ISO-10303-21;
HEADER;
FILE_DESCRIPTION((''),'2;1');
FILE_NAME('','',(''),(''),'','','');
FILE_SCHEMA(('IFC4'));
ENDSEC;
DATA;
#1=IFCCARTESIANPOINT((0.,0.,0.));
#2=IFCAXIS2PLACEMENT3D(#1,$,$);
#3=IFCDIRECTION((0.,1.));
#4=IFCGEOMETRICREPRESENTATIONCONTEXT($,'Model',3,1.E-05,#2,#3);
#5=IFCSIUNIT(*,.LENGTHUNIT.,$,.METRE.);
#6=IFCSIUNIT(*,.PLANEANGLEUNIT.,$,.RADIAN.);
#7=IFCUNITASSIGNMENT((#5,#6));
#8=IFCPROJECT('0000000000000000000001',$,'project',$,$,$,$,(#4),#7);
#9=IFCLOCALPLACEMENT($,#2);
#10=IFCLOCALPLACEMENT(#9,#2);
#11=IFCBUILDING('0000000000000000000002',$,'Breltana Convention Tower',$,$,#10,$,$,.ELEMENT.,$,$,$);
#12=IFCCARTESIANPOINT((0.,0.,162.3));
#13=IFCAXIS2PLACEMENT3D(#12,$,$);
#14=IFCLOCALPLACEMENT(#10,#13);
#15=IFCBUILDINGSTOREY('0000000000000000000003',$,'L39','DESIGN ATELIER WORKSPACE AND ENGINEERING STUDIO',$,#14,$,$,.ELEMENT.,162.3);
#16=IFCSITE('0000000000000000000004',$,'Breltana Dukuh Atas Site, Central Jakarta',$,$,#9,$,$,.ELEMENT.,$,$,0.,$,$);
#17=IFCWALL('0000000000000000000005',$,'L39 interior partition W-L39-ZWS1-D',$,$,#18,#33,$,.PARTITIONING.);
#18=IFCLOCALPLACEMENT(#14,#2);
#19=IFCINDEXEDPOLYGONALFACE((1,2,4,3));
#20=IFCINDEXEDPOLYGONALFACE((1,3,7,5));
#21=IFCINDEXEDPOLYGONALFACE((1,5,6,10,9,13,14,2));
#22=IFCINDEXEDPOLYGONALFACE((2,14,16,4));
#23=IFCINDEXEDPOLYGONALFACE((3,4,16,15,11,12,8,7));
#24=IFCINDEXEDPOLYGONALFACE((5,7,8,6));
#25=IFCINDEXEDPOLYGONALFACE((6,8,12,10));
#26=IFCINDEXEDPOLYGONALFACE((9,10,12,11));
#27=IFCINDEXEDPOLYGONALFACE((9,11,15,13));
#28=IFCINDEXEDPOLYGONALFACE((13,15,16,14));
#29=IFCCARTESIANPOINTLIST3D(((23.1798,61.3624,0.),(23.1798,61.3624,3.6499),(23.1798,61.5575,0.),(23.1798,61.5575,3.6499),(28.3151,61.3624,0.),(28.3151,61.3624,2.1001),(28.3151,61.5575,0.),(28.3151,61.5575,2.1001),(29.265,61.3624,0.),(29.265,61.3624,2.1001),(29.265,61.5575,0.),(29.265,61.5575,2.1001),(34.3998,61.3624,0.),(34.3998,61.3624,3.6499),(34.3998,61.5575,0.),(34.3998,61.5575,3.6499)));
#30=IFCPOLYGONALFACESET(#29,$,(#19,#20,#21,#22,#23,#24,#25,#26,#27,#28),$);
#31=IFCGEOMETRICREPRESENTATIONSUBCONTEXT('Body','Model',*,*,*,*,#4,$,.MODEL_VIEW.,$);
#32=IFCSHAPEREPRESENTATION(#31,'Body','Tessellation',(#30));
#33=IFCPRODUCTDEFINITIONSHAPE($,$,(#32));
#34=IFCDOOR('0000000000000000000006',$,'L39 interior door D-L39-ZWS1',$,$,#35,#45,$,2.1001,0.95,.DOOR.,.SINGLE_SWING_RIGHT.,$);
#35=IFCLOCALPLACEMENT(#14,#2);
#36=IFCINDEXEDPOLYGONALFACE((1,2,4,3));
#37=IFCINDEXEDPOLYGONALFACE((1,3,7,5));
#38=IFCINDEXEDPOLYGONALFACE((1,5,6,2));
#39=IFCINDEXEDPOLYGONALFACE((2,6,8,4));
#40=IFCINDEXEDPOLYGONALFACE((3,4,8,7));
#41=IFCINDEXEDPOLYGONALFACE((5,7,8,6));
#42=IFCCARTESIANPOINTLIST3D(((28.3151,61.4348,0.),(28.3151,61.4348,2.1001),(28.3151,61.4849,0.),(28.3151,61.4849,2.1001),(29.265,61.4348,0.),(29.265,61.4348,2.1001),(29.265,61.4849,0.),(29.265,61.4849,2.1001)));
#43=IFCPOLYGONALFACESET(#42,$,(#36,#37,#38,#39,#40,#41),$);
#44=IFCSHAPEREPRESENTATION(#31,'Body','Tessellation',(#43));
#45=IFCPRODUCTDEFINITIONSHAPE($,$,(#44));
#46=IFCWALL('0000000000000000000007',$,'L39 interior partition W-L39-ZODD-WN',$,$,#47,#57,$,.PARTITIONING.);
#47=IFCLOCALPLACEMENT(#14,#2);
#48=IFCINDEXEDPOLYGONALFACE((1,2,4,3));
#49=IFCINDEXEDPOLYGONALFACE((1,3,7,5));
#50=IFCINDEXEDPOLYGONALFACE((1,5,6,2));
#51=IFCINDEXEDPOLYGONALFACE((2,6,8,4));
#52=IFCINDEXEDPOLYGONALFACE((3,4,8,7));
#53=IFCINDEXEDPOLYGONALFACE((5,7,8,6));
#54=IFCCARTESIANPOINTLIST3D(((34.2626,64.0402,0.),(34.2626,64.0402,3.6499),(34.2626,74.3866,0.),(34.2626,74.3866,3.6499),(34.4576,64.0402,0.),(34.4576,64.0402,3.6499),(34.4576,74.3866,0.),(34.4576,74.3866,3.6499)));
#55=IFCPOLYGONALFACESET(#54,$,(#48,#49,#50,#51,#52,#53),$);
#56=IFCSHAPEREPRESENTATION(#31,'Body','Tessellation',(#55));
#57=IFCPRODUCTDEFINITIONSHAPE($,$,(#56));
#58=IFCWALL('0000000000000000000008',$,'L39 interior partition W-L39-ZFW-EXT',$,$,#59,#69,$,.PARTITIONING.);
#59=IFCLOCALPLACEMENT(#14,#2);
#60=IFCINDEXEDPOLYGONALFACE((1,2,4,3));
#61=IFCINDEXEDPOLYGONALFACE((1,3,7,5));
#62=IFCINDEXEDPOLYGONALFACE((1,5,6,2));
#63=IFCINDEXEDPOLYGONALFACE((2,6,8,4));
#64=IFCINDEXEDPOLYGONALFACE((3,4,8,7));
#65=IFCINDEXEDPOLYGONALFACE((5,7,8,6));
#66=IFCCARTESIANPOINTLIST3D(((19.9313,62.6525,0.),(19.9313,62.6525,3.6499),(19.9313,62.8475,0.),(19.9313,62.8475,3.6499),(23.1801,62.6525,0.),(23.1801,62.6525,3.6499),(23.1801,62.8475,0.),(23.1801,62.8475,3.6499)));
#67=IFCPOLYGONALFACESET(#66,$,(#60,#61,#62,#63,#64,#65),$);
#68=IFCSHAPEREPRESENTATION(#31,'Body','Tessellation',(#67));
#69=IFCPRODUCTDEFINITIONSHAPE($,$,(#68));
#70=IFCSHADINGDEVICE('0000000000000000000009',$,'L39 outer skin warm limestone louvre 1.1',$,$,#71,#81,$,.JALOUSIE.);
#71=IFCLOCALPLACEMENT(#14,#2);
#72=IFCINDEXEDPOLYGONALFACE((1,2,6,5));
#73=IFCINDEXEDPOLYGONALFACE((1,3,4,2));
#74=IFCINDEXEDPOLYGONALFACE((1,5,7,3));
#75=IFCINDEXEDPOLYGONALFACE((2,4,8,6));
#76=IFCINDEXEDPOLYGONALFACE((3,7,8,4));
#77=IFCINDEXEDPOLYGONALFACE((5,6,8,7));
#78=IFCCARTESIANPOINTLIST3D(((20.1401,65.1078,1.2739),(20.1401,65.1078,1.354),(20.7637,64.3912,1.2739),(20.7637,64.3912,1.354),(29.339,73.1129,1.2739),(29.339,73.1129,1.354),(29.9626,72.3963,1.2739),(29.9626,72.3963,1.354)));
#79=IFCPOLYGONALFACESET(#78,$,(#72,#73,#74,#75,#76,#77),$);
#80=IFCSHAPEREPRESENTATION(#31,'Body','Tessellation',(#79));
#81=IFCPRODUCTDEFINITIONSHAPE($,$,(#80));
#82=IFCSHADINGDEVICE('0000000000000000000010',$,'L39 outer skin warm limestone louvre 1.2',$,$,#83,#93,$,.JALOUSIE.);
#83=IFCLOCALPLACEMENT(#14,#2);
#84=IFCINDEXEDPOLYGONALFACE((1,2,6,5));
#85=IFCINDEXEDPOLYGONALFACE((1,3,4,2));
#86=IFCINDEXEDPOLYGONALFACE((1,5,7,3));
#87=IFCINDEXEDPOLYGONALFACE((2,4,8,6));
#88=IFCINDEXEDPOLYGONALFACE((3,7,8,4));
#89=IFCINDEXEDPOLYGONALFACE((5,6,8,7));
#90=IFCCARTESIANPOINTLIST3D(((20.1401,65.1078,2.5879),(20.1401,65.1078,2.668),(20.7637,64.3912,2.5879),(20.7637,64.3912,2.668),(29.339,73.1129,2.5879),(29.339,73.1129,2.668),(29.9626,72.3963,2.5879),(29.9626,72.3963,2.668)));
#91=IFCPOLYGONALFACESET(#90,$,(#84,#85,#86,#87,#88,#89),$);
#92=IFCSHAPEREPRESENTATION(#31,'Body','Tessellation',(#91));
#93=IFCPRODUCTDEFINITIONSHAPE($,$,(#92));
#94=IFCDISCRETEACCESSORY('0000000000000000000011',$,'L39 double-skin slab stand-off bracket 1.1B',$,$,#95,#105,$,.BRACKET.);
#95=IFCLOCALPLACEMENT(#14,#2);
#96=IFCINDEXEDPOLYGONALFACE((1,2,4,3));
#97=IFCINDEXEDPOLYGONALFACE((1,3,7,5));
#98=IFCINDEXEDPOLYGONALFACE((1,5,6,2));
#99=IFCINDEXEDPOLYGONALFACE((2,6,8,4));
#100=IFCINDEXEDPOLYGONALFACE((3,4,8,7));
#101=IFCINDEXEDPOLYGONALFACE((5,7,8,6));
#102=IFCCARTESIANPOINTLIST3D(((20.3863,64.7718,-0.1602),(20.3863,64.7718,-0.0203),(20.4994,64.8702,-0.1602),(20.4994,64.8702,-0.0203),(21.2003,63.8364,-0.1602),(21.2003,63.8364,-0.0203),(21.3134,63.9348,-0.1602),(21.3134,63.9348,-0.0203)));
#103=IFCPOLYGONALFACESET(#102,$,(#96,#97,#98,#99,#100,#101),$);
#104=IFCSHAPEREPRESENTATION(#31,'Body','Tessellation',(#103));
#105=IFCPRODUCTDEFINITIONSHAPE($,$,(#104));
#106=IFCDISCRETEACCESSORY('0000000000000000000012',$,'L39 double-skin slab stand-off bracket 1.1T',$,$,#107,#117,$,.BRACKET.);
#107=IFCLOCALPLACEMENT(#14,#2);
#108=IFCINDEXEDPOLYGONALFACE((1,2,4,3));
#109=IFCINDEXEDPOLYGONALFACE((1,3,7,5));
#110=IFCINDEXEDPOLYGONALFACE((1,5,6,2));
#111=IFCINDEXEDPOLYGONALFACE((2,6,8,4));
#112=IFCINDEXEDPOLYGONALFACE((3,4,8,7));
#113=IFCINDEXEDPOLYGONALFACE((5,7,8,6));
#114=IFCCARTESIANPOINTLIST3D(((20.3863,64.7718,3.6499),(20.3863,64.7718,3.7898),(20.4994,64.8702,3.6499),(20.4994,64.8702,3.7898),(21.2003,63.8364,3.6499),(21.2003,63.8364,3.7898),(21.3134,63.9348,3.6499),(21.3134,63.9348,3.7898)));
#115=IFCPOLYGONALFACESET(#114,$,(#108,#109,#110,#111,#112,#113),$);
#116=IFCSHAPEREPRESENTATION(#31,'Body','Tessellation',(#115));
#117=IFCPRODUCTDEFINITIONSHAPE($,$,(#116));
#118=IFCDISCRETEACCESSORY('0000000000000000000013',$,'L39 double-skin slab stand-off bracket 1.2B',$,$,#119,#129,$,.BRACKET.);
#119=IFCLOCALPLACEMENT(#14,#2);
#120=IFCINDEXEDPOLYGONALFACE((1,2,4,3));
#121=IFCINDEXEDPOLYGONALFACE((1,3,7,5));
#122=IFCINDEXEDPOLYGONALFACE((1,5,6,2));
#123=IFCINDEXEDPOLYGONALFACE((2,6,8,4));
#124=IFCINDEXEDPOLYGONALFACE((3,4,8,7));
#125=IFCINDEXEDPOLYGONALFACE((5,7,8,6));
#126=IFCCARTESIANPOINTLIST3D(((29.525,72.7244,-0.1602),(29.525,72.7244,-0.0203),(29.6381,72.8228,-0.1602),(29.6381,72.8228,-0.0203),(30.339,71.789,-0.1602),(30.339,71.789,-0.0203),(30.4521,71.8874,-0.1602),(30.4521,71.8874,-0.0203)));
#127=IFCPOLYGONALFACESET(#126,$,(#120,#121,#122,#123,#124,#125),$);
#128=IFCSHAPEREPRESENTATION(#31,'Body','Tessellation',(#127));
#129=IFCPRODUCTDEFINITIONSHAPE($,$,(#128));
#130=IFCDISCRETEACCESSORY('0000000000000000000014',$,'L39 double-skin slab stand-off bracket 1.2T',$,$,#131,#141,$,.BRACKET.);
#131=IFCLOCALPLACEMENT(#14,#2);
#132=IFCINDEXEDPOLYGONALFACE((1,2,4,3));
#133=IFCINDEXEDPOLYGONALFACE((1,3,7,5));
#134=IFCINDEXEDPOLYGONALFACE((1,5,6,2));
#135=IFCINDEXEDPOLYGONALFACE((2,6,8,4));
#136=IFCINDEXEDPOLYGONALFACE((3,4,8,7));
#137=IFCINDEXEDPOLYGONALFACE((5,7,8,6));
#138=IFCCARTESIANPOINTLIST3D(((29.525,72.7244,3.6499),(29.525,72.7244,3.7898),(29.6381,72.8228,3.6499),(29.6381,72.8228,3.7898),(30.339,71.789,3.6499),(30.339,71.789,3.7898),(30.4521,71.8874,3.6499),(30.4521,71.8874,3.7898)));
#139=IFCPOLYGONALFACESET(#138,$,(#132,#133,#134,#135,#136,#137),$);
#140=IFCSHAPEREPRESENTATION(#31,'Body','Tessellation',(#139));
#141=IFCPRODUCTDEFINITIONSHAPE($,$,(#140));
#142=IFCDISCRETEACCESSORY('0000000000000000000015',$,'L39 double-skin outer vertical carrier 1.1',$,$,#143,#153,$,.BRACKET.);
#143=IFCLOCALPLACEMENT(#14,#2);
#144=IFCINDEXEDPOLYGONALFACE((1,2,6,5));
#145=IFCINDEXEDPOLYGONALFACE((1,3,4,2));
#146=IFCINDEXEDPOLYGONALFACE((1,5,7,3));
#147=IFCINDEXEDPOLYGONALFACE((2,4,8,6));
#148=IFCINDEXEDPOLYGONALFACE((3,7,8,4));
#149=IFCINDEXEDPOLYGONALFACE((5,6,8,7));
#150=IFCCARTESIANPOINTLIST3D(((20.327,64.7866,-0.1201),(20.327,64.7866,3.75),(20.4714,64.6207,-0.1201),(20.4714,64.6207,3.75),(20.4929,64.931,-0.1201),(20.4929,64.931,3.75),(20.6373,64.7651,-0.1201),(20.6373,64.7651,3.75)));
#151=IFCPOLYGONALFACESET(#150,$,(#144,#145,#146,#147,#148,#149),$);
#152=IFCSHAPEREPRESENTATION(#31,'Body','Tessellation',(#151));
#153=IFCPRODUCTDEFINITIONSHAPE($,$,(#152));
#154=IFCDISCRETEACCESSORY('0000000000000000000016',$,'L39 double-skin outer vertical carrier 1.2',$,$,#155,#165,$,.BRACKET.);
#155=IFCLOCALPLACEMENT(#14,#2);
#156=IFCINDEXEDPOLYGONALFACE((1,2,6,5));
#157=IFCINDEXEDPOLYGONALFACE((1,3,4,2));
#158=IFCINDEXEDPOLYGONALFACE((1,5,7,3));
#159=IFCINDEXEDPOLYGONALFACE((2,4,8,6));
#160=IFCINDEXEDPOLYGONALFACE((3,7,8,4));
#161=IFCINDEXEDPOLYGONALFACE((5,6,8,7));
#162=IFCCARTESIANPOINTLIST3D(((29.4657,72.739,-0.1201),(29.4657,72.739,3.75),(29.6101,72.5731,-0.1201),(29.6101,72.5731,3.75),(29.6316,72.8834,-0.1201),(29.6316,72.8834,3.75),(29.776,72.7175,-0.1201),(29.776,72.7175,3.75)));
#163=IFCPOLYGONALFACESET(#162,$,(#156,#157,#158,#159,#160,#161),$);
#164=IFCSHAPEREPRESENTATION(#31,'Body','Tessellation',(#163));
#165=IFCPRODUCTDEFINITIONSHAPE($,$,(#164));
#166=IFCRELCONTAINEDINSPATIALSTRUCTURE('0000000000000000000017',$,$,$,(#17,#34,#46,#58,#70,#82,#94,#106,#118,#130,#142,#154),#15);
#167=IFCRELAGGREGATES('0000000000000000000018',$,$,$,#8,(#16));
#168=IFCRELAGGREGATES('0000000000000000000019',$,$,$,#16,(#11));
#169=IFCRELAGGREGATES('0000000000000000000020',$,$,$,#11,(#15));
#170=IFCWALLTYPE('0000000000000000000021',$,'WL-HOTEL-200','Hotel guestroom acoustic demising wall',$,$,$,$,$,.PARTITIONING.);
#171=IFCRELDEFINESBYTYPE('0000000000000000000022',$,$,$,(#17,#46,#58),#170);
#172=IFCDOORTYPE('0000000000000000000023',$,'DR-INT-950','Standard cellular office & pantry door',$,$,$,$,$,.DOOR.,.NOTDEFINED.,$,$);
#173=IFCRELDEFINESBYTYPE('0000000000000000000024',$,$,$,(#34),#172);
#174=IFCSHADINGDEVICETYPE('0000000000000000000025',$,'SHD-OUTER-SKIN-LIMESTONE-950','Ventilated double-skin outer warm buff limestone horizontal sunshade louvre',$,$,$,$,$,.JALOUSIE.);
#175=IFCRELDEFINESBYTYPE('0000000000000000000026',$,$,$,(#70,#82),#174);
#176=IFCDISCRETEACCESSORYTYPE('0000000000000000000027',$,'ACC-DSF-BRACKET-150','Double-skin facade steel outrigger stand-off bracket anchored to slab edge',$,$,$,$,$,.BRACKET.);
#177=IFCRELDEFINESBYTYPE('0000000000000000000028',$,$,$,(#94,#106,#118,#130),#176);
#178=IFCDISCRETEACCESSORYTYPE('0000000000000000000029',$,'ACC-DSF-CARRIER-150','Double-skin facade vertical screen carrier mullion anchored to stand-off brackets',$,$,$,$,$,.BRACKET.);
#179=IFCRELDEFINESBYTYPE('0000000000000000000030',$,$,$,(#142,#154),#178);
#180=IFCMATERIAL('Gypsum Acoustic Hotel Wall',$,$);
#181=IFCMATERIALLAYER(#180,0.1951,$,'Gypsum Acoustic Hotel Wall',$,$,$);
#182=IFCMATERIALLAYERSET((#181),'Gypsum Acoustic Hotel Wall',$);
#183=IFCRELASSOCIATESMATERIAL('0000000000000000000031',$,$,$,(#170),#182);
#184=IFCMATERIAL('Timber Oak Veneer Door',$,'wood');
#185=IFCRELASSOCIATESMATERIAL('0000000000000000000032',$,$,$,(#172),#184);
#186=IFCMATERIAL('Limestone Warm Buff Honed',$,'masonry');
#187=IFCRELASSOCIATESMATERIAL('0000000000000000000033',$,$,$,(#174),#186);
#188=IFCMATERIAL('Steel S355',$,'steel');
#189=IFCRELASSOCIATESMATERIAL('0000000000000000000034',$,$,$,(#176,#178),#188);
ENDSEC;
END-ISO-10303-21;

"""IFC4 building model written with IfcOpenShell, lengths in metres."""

from ifc_helpers import new_model, si_unit, direction, frame, frame_2d, origin, origin_2d, place, context, subcontext, project, spatial, rectangle, extrude, source, transform, mapped, material, layer, layer_set, material_profile, profile_set, type_object, type_shapes, element, fill, save


model = new_model("IFC4")

# Units and contexts
model_context = context("Model", 3, precision=1e-05, world=origin(), true_north=direction((0.0, 1.0)))
body_context = subcontext(model_context, "Body", "Model", "MODEL_VIEW")
ifc_project = project(units=[si_unit("LENGTHUNIT", "METRE"), si_unit("PLANEANGLEUNIT", "RADIAN")], contexts=[model_context])

# Site, building, storey
site_placement = place(None, origin())
site = spatial("IfcSite", under=ifc_project, at=site_placement, Name="Breltana Dukuh Atas Site, Central Jakarta", CompositionType="ELEMENT", RefElevation=0.0)
building_placement = place(site_placement, origin())
building = spatial("IfcBuilding", under=site, at=building_placement, Name="Breltana Convention Tower", CompositionType="ELEMENT")
storey_placement = place(building_placement, frame((0.0, 0.0, 162.3)))
storey = spatial("IfcBuildingStorey", under=building, at=storey_placement, Name="L39", Description="DESIGN ATELIER WORKSPACE AND ENGINEERING STUDIO", CompositionType="ELEMENT", Elevation=162.3)

# Shared definitions
ifc_material_1 = material(Name="Gypsum Acoustic Hotel Wall")
ifc_layer_1 = layer(ifc_material_1, 0.1951, Name="Gypsum Acoustic Hotel Wall")
ifc_layer_set_1 = layer_set([ifc_layer_1], Name="Gypsum Acoustic Hotel Wall")
wall_type_1 = type_object("IfcWallType", Name="WL-HOTEL-200", Description="Hotel guestroom acoustic demising wall", PredefinedType="PARTITIONING", material=ifc_layer_set_1)

# Wall, opening, door
shared_shape_1 = source(origin(), body_context, "Body", "SweptSolid", [
    extrude(rectangle(XDim=11.22, YDim=0.1951, at=frame_2d((5.6099, 0.0))), origin(), (0.0, 0.0, 1.0), 3.6499),
])
ifc_material_2 = material(Name="Timber Oak Veneer Door", Category="wood")
door_type = type_object("IfcDoorType", Name="DR-INT-950", Description="Standard cellular office & pantry door", OperationType="NOTDEFINED", PredefinedType="DOOR", material=ifc_material_2)
shared_shape_2 = source(origin(), body_context, "Body", "SweptSolid", [
    extrude(rectangle(XDim=0.95, YDim=2.1001, at=frame_2d((0.4751, 1.05))), frame((0.0, 0.0249, 0.0), z_axis=(0.0, -1.0, 0.0), x_axis=(1.0, 0.0, 0.0)), (0.0, 0.0, 1.0), 0.05),
])
type_shapes(door_type, [shared_shape_2])
wall_1_placement = place(storey_placement, frame((23.1799, 61.46, 0.0), z_axis=(0.0, 0.0, 1.0), x_axis=(1.0, 0.0, 0.0)))
wall_1 = element("IfcWall", 1, at=wall_1_placement, inside=storey, type_object=wall_type_1, Name="L39 interior partition W-L39-ZWS1-D", PredefinedType="PARTITIONING", context=body_context, shape_type="MappedRepresentation", body=[
    mapped(shared_shape_1, transform((0.0, 0.0, 0.0), scale=1.0)),
])
opening_1_placement = place(wall_1_placement, frame((5.135, 0.0, 0.0)))
opening_1 = element("IfcOpeningElement", 2, at=opening_1_placement, cuts=wall_1, PredefinedType="OPENING", context=body_context, shape_type="SweptSolid", body=[
    extrude(rectangle(XDim=0.95, YDim=2.1001, at=frame_2d((0.4751, 1.05))), frame((0.0, 0.1074, 0.0), z_axis=(0.0, -1.0, 0.0), x_axis=(1.0, 0.0, 0.0)), (0.0, 0.0, 1.0), 0.2151),
])
door_1_placement = place(opening_1_placement, origin())
door_1 = element("IfcDoor", 3, at=door_1_placement, inside=storey, type_object=door_type, Name="L39 interior door D-L39-ZWS1", OperationType="SINGLE_SWING_RIGHT", OverallHeight=2.1001, OverallWidth=0.95, PredefinedType="DOOR", context=body_context, shape_type="MappedRepresentation", body=[
    mapped(shared_shape_2, transform((0.0, 0.0, 0.0), scale=1.0)),
])
fill(opening_1, door_1)

# Walls
shared_shape_3 = source(origin(), body_context, "Body", "SweptSolid", [
    extrude(rectangle(XDim=10.3464, YDim=0.1951, at=frame_2d((5.1733, 0.0))), origin(), (0.0, 0.0, 1.0), 3.6499),
])
wall_2_placement = place(storey_placement, frame((34.3601, 64.04, 0.0), z_axis=(0.0, 0.0, 1.0), x_axis=(0.0, 1.0, 0.0)))
element("IfcWall", 4, at=wall_2_placement, inside=storey, type_object=wall_type_1, Name="L39 interior partition W-L39-ZODD-WN", PredefinedType="PARTITIONING", context=body_context, shape_type="MappedRepresentation", body=[
    mapped(shared_shape_3, transform((0.0, 0.0, 0.0), scale=1.0)),
])
shared_shape_4 = source(origin(), body_context, "Body", "SweptSolid", [
    extrude(rectangle(XDim=3.2488, YDim=0.1951, at=frame_2d((1.6245, 0.0))), origin(), (0.0, 0.0, 1.0), 3.6499),
])
wall_3_placement = place(storey_placement, frame((19.9312, 62.75, 0.0), z_axis=(0.0, 0.0, 1.0), x_axis=(1.0, 0.0, 0.0)))
element("IfcWall", 5, at=wall_3_placement, inside=storey, type_object=wall_type_1, Name="L39 interior partition W-L39-ZFW-EXT", PredefinedType="PARTITIONING", context=body_context, shape_type="MappedRepresentation", body=[
    mapped(shared_shape_4, transform((0.0, 0.0, 0.0), scale=1.0)),
])

# Shading devices
ifc_material_3 = material(Name="Limestone Warm Buff Honed", Category="masonry")
ifc_material_profile_1 = material_profile(ifc_material_3, rectangle(XDim=0.95, YDim=0.0801, at=origin_2d()), Name="STN-LVR-950X80")
ifc_profile_set_1 = profile_set([ifc_material_profile_1], Name="Limestone Warm Buff Honed")
shading_device_type = type_object("IfcShadingDeviceType", Name="SHD-OUTER-SKIN-LIMESTONE-950", Description="Ventilated double-skin outer warm buff limestone horizontal sunshade louvre", PredefinedType="JALOUSIE", material=ifc_profile_set_1)
shared_shape_5 = source(origin(), body_context, "Body", "SweptSolid", [
    extrude(rectangle(XDim=0.95, YDim=0.0801, at=origin_2d()), origin(), (0.0, 0.0, 1.0), 12.1943),
])
type_shapes(shading_device_type, [shared_shape_5])
for number, where, z_axis, x_axis, name in (
    (6, (20.4519, 64.7495, 1.314), (0.754361, 0.65646, 0.0), (-0.65646, 0.754361, 0.0), "L39 outer skin warm limestone louvre 1.1"),
    (7, (20.4519, 64.7495, 2.6279), (0.754361, 0.65646, 0.0), (-0.65646, 0.754361, 0.0), "L39 outer skin warm limestone louvre 1.2"),
):
    element("IfcShadingDevice", number, at=place(storey_placement, frame(where, z_axis=z_axis, x_axis=x_axis)), inside=storey, type_object=shading_device_type, Name=name, PredefinedType="JALOUSIE", context=body_context, shape_type="MappedRepresentation", body=[
        mapped(shared_shape_5, transform((0.0, 0.0, 0.0), scale=1.0)),
    ])

# Discrete accessories
ifc_material_4 = material(Name="Steel S355", Category="steel")
discrete_accessory_type_1 = type_object("IfcDiscreteAccessoryType", Name="ACC-DSF-BRACKET-150", Description="Double-skin facade steel outrigger stand-off bracket anchored to slab edge", PredefinedType="BRACKET", material=ifc_material_4)
shared_shape_6 = source(origin(), body_context, "Body", "SweptSolid", [
    extrude(rectangle(XDim=1.24, YDim=0.1499, at=origin_2d()), origin(), (0.0, 0.0, 1.0), 0.1399),
])
type_shapes(discrete_accessory_type_1, [shared_shape_6])
for number, where, z_axis, x_axis, name in (
    (8, (20.8499, 64.3533, -0.1602), (0.0, 0.0, 1.0), (-0.656456, 0.754365, 0.0), "L39 double-skin slab stand-off bracket 1.1B"),
    (9, (20.8499, 64.3533, 3.6499), (0.0, 0.0, 1.0), (-0.656456, 0.754365, 0.0), "L39 double-skin slab stand-off bracket 1.1T"),
    (10, (29.9885, 72.3059, -0.1602), (0.0, 0.0, 1.0), (-0.656456, 0.754365, 0.0), "L39 double-skin slab stand-off bracket 1.2B"),
    (11, (29.9885, 72.3059, 3.6499), (0.0, 0.0, 1.0), (-0.656456, 0.754365, 0.0), "L39 double-skin slab stand-off bracket 1.2T"),
):
    element("IfcDiscreteAccessory", number, at=place(storey_placement, frame(where, z_axis=z_axis, x_axis=x_axis)), inside=storey, type_object=discrete_accessory_type_1, Name=name, PredefinedType="BRACKET", context=body_context, shape_type="MappedRepresentation", body=[
        mapped(shared_shape_6, transform((0.0, 0.0, 0.0), scale=1.0)),
    ])
discrete_accessory_type_2 = type_object("IfcDiscreteAccessoryType", Name="ACC-DSF-CARRIER-150", Description="Double-skin facade vertical screen carrier mullion anchored to stand-off brackets", PredefinedType="BRACKET", material=ifc_material_4)
shared_shape_7 = source(origin(), body_context, "Body", "SweptSolid", [
    extrude(rectangle(XDim=0.22, YDim=0.22, at=origin_2d()), origin(), (0.0, 0.0, 1.0), 3.8701),
])
for number, where, z_axis, x_axis, name in (
    (12, (20.4822, 64.7759, -0.1201), (0.0, 0.0, 1.0), (-0.656456, 0.754365, 0.0), "L39 double-skin outer vertical carrier 1.1"),
    (13, (29.6208, 72.7283, -0.1201), (0.0, 0.0, 1.0), (-0.656456, 0.754365, 0.0), "L39 double-skin outer vertical carrier 1.2"),
):
    element("IfcDiscreteAccessory", number, at=place(storey_placement, frame(where, z_axis=z_axis, x_axis=x_axis)), inside=storey, type_object=discrete_accessory_type_2, Name=name, PredefinedType="BRACKET", context=body_context, shape_type="MappedRepresentation", body=[
        mapped(shared_shape_7, transform((0.0, 0.0, 0.0), scale=1.0)),
    ])

save(model, "model.ifc")
